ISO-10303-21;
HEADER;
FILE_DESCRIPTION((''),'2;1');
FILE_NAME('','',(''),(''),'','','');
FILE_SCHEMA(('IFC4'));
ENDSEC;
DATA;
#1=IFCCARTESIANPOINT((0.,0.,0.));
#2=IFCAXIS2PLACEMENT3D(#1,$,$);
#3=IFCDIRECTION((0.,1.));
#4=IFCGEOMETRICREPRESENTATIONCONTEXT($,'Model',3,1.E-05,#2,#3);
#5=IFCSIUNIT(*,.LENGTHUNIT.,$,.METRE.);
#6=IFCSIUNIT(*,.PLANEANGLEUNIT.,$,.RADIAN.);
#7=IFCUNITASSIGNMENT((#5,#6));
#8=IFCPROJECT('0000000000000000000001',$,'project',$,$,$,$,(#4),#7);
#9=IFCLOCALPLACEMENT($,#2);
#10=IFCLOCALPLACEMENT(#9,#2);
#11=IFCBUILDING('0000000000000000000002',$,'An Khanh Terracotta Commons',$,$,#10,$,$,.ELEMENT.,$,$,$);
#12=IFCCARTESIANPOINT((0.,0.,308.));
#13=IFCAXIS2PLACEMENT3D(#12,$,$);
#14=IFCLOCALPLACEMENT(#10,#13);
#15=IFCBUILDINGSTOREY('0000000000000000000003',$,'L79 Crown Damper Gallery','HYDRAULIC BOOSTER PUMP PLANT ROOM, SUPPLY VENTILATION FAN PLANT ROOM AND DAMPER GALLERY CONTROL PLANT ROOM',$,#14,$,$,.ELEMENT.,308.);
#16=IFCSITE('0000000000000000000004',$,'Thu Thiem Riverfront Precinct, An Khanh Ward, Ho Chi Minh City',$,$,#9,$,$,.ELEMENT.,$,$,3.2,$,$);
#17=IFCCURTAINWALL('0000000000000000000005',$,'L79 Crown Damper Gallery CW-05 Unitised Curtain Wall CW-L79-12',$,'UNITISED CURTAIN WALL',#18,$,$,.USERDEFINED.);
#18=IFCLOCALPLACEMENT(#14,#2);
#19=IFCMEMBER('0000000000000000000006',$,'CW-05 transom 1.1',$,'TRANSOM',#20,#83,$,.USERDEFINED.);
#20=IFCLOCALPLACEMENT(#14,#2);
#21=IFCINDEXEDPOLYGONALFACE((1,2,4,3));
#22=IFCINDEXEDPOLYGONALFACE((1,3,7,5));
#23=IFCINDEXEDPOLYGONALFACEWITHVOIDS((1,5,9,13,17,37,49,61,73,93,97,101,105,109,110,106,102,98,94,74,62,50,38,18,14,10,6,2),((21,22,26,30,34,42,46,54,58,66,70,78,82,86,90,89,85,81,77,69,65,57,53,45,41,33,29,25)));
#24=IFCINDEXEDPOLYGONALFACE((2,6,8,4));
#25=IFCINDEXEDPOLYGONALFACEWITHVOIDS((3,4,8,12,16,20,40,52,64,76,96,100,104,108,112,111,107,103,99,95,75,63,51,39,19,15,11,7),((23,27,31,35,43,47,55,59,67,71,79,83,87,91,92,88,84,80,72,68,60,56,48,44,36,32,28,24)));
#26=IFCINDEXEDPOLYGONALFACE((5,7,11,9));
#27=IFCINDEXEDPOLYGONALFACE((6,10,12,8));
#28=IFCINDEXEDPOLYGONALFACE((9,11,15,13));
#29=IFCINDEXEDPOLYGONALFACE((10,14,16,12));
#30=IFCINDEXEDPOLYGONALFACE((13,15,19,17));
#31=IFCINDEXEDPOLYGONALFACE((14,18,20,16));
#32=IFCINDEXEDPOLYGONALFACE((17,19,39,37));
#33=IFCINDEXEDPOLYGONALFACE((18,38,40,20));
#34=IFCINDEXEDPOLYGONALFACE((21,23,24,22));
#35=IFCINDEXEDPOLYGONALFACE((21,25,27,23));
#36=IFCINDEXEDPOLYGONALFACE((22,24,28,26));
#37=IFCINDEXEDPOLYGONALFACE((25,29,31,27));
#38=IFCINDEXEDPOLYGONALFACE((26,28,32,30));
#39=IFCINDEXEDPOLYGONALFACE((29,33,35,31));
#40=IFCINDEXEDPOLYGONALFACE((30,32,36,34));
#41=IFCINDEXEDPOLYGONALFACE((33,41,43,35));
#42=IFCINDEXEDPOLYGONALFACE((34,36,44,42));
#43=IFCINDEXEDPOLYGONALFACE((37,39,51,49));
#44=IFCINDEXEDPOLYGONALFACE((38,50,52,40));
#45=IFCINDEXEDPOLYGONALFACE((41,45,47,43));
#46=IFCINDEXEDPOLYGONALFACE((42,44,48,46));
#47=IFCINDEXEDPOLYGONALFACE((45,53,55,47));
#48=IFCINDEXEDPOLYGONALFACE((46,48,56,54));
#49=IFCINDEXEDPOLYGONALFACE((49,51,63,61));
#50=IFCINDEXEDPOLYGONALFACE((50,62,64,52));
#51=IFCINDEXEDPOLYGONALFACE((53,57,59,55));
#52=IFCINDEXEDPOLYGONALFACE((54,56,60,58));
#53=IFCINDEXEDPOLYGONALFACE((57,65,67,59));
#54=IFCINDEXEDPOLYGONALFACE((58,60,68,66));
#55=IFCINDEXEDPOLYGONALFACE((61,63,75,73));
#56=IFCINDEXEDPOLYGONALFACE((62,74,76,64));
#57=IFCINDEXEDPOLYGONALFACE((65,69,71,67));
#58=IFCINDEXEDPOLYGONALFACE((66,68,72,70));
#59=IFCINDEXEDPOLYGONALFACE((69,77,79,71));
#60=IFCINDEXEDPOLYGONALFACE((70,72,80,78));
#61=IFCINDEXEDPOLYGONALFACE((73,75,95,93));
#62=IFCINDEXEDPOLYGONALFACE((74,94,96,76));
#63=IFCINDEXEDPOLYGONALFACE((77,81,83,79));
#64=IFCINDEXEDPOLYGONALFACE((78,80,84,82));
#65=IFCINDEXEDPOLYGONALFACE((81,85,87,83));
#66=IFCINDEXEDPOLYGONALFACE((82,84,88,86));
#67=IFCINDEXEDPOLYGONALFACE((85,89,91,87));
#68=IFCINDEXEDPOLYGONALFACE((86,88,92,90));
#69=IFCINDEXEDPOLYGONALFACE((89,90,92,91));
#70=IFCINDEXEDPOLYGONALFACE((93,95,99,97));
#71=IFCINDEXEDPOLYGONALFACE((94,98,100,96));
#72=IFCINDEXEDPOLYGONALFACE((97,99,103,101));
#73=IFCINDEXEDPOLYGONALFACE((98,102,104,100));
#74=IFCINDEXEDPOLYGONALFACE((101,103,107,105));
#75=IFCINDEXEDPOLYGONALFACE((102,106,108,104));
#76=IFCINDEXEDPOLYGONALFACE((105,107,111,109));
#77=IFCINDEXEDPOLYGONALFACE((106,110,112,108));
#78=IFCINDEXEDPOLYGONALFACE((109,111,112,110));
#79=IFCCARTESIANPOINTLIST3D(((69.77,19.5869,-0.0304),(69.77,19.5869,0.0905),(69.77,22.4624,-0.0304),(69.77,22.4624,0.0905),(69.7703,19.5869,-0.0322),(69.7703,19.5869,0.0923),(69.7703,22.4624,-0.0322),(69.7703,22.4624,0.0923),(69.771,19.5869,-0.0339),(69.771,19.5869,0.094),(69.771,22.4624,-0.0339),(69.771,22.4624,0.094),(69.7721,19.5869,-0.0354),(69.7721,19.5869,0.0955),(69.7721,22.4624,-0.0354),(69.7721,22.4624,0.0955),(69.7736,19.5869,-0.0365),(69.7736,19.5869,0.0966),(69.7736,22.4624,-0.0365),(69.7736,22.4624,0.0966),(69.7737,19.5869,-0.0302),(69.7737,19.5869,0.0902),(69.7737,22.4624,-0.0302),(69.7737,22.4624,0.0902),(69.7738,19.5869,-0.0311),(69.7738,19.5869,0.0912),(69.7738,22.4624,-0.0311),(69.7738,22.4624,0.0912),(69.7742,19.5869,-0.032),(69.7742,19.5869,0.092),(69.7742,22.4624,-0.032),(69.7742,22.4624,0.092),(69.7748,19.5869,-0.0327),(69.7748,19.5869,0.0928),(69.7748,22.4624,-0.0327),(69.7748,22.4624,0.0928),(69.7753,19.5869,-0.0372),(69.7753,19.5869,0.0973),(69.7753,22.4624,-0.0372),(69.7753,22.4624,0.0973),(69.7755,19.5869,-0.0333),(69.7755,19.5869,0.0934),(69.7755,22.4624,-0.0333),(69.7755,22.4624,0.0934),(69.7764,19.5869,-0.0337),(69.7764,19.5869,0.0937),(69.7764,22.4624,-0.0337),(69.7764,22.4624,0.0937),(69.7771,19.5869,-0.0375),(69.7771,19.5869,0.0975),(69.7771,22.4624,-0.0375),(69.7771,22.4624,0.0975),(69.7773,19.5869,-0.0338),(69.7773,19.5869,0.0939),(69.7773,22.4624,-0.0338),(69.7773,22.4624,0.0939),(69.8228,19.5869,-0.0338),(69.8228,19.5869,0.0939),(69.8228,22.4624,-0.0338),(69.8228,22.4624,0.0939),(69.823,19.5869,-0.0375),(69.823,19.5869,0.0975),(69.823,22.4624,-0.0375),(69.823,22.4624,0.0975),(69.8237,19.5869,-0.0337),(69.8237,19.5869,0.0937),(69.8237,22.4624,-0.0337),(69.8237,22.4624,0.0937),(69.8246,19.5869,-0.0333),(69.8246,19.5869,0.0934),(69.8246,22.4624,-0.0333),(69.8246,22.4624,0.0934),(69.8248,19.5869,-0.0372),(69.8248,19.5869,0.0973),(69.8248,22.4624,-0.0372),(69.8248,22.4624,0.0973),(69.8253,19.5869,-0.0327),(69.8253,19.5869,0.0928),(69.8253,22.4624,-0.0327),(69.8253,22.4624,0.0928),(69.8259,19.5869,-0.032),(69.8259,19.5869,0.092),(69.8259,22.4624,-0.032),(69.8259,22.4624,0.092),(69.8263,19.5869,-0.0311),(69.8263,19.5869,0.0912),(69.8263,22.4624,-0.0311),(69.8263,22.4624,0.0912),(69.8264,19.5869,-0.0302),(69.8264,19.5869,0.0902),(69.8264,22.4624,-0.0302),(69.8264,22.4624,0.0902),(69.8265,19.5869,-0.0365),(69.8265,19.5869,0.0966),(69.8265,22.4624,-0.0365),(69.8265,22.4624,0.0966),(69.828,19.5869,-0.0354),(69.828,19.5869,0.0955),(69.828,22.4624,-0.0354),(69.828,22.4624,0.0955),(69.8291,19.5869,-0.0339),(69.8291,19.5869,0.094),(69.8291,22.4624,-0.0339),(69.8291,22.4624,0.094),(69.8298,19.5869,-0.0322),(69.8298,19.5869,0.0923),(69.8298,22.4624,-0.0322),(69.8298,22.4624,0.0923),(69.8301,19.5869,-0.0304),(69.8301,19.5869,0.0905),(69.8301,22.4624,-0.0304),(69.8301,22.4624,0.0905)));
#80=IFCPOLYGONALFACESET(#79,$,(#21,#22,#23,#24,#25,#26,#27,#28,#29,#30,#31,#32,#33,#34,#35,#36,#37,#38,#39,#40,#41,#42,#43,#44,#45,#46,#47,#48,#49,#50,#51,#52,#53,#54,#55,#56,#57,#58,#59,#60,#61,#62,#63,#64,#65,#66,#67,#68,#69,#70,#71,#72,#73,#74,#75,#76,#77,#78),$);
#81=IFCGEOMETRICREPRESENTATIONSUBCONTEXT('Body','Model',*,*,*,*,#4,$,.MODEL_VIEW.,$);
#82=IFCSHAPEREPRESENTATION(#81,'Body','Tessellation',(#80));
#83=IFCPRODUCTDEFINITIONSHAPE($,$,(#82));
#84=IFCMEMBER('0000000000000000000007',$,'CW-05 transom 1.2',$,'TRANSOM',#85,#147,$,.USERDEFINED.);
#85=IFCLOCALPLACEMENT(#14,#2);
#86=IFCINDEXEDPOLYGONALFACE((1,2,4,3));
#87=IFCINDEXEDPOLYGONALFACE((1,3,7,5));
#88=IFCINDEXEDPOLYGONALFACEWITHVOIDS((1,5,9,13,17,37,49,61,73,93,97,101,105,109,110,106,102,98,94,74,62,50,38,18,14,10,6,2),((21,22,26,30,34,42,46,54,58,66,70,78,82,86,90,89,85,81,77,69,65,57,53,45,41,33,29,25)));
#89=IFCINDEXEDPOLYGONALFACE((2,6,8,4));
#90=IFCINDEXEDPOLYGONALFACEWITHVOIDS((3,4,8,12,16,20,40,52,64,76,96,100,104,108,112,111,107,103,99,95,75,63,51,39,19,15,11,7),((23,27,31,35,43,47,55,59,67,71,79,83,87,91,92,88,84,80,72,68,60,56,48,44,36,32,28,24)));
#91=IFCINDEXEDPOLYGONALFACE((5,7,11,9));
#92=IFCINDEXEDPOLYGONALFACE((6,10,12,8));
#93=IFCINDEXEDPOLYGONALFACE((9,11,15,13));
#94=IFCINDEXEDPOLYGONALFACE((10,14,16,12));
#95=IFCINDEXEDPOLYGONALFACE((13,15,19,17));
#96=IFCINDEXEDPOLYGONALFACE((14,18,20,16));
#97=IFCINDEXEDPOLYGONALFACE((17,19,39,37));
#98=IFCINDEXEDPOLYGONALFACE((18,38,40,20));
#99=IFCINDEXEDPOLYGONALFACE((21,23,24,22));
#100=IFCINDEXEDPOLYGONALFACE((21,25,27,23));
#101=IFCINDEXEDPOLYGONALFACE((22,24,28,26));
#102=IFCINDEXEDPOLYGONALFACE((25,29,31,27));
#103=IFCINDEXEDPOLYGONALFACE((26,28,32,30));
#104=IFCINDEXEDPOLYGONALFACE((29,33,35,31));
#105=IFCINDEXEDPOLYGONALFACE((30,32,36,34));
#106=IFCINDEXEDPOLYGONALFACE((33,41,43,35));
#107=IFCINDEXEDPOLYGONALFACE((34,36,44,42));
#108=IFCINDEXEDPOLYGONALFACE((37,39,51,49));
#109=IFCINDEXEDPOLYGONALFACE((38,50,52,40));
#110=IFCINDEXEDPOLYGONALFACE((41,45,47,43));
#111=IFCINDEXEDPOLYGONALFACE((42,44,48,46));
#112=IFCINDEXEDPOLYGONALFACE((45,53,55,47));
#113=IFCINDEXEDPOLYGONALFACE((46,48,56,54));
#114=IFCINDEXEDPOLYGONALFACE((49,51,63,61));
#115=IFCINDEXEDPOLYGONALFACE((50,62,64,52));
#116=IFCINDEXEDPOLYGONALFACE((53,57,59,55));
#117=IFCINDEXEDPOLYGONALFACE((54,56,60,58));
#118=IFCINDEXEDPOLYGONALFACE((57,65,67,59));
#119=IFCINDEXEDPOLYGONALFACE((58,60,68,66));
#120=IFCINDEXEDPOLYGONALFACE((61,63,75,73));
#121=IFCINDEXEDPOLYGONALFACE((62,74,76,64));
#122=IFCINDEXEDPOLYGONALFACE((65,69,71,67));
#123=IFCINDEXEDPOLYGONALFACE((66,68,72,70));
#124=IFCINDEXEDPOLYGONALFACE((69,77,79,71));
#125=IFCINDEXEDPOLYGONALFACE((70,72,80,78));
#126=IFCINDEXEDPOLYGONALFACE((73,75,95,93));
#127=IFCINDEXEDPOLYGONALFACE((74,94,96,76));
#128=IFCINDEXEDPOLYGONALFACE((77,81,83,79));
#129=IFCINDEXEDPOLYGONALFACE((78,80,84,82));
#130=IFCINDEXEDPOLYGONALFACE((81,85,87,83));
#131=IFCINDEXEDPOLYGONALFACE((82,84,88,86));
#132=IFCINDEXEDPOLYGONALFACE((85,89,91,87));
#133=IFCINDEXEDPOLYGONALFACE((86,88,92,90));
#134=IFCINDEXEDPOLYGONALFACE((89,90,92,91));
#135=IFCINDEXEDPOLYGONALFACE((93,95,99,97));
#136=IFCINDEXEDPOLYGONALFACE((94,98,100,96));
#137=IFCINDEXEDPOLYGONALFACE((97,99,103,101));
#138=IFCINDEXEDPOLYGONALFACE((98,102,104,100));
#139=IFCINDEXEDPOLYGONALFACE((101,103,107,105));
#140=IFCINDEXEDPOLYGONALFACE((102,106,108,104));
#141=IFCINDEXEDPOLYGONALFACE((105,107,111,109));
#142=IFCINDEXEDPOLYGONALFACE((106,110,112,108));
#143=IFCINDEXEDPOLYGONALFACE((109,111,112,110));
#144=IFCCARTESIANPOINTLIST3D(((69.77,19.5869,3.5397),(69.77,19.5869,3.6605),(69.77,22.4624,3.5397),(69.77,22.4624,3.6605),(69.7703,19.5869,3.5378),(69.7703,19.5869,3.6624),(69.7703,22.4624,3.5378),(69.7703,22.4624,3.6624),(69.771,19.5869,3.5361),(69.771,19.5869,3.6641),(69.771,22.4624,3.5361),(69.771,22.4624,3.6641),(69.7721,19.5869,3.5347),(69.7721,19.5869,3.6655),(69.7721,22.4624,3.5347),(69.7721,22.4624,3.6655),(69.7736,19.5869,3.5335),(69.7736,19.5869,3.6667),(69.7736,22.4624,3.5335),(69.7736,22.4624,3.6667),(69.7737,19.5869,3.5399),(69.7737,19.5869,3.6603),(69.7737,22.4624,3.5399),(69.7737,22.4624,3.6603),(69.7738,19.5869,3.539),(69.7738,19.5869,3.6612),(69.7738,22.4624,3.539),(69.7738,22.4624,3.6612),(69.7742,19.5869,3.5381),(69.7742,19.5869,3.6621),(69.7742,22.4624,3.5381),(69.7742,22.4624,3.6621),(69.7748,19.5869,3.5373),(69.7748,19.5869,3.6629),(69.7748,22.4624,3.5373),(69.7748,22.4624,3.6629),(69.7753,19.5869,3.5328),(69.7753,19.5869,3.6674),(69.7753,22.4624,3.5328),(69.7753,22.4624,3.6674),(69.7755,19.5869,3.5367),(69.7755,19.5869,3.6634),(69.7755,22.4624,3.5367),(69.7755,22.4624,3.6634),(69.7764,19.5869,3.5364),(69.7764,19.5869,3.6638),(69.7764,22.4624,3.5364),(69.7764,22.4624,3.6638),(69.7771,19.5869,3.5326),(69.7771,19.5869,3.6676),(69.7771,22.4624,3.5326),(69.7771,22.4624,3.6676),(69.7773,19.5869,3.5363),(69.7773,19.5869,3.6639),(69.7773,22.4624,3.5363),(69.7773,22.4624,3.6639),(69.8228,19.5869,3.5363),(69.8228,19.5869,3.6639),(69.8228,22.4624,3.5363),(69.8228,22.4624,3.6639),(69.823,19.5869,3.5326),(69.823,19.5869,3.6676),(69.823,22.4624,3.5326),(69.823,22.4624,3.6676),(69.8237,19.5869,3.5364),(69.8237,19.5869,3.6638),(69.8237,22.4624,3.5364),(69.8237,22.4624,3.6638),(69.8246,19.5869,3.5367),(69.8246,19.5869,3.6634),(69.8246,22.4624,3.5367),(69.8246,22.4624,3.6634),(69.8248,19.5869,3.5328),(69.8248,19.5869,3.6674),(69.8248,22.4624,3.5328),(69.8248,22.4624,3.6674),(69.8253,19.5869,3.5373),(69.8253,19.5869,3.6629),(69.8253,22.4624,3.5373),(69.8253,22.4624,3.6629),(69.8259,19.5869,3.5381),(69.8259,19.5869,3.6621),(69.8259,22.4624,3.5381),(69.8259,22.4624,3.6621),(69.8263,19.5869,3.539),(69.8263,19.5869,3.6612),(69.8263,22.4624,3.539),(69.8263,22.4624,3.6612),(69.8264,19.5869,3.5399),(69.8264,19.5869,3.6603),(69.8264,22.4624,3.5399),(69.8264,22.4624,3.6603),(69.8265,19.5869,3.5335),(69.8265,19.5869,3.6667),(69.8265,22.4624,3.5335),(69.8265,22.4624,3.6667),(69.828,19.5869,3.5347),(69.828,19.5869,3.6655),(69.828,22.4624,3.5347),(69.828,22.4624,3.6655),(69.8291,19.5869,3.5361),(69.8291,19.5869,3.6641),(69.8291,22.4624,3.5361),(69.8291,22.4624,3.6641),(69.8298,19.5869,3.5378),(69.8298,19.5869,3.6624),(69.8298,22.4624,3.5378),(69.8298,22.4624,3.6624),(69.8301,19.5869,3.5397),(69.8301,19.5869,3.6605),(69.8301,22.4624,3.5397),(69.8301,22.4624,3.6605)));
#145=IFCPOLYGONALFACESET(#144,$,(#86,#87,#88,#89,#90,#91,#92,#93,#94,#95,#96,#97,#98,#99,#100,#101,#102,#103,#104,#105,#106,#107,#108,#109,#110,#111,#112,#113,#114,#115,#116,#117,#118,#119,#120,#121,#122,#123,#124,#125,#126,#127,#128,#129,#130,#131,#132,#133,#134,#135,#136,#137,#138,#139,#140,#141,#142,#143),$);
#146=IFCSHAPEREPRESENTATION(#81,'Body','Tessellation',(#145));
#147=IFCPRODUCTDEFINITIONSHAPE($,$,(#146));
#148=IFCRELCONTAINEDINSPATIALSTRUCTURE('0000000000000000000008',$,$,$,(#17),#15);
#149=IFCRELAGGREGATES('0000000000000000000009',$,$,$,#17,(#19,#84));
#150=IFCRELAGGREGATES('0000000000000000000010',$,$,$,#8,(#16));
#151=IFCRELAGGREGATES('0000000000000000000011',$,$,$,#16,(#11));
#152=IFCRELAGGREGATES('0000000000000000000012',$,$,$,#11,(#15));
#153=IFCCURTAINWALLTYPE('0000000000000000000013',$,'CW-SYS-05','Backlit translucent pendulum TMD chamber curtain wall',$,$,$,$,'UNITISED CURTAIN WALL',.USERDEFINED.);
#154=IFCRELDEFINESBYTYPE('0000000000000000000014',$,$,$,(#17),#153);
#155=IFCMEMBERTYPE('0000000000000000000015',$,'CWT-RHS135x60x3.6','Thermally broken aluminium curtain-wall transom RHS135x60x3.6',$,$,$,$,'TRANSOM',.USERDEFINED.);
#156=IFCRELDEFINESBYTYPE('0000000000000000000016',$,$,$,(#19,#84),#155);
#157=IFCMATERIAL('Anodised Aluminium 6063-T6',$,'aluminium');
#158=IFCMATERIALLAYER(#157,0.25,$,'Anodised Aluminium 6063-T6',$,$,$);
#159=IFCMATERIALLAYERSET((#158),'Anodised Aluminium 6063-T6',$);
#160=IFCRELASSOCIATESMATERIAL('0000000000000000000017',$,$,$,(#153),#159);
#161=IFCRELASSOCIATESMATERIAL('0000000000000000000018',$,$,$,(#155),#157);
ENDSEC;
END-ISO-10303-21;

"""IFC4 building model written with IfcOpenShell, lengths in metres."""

from ifc_helpers import new_model, si_unit, direction, frame, origin, origin_2d, place, context, subcontext, project, spatial, hollow_rectangle, extrude, material, layer, layer_set, material_profile, profile_set, type_object, element, aggregate, save


model = new_model("IFC4")

# Units and contexts
model_context = context("Model", 3, precision=1e-05, world=origin(), true_north=direction((0.0, 1.0)))
body_context = subcontext(model_context, "Body", "Model", "MODEL_VIEW")
ifc_project = project(units=[si_unit("LENGTHUNIT", "METRE"), si_unit("PLANEANGLEUNIT", "RADIAN")], contexts=[model_context])

# Site, building, storey
site_placement = place(None, origin())
site = spatial("IfcSite", under=ifc_project, at=site_placement, Name="Thu Thiem Riverfront Precinct, An Khanh Ward, Ho Chi Minh City", CompositionType="ELEMENT", RefElevation=3.2)
building_placement = place(site_placement, origin())
building = spatial("IfcBuilding", under=site, at=building_placement, Name="An Khanh Terracotta Commons", CompositionType="ELEMENT")
storey_placement = place(building_placement, frame((0.0, 0.0, 308.0)))
storey = spatial("IfcBuildingStorey", under=building, at=storey_placement, Name="L79 Crown Damper Gallery", Description="HYDRAULIC BOOSTER PUMP PLANT ROOM, SUPPLY VENTILATION FAN PLANT ROOM AND DAMPER GALLERY CONTROL PLANT ROOM", CompositionType="ELEMENT", Elevation=308.0)

# Shared definitions
ifc_material_1 = material(Name="Anodised Aluminium 6063-T6", Category="aluminium")
ifc_layer_1 = layer(ifc_material_1, 0.25, Name="Anodised Aluminium 6063-T6")
ifc_layer_set_1 = layer_set([ifc_layer_1], Name="Anodised Aluminium 6063-T6")
curtain_wall_type = type_object("IfcCurtainWallType", Name="CW-SYS-05", Description="Backlit translucent pendulum TMD chamber curtain wall", ElementType="UNITISED CURTAIN WALL", PredefinedType="USERDEFINED", material=ifc_layer_set_1)

# Curtain wall, members
curtain_wall_1_placement = place(storey_placement, origin())
curtain_wall_1 = element("IfcCurtainWall", 1, at=curtain_wall_1_placement, inside=storey, type_object=curtain_wall_type, Name="L79 Crown Damper Gallery CW-05 Unitised Curtain Wall CW-L79-12", ObjectType="UNITISED CURTAIN WALL", PredefinedType="USERDEFINED")
ifc_material_profile_1 = material_profile(ifc_material_1, hollow_rectangle(XDim=0.0601, YDim=0.135, WallThickness=0.0037, InnerFilletRadius=0.0037, OuterFilletRadius=0.0071, at=origin_2d()), Name="RHS135x60x3.6")
ifc_profile_set_1 = profile_set([ifc_material_profile_1], Name="Anodised Aluminium 6063-T6")
member_type_1 = type_object("IfcMemberType", Name="CWT-RHS135x60x3.6", Description="Thermally broken aluminium curtain-wall transom RHS135x60x3.6", ElementType="TRANSOM", PredefinedType="USERDEFINED", material=ifc_profile_set_1)
member_1_placement = place(storey_placement, frame((69.8, 19.5869, 0.03), z_axis=(0.0, 1.0, 0.0), x_axis=(-1.0, 0.0, 0.0)))
member_1 = element("IfcMember", 2, at=member_1_placement, type_object=member_type_1, Name="CW-05 transom 1.1", ObjectType="TRANSOM", PredefinedType="USERDEFINED", context=body_context, shape_type="SweptSolid", body=[
    extrude(hollow_rectangle(XDim=0.0601, YDim=0.135, WallThickness=0.0037, InnerFilletRadius=0.0037, OuterFilletRadius=0.0071, at=origin_2d()), origin(), (0.0, 0.0, 1.0), 2.8755),
])
member_2_placement = place(storey_placement, frame((69.8, 19.5869, 3.6001), z_axis=(0.0, 1.0, 0.0), x_axis=(-1.0, 0.0, 0.0)))
member_2 = element("IfcMember", 3, at=member_2_placement, type_object=member_type_1, Name="CW-05 transom 1.2", ObjectType="TRANSOM", PredefinedType="USERDEFINED", context=body_context, shape_type="SweptSolid", body=[
    extrude(hollow_rectangle(XDim=0.0601, YDim=0.135, WallThickness=0.0037, InnerFilletRadius=0.0037, OuterFilletRadius=0.0071, at=origin_2d()), origin(), (0.0, 0.0, 1.0), 2.8755),
])

aggregate(curtain_wall_1, [member_1, member_2])

save(model, "model.ifc")
